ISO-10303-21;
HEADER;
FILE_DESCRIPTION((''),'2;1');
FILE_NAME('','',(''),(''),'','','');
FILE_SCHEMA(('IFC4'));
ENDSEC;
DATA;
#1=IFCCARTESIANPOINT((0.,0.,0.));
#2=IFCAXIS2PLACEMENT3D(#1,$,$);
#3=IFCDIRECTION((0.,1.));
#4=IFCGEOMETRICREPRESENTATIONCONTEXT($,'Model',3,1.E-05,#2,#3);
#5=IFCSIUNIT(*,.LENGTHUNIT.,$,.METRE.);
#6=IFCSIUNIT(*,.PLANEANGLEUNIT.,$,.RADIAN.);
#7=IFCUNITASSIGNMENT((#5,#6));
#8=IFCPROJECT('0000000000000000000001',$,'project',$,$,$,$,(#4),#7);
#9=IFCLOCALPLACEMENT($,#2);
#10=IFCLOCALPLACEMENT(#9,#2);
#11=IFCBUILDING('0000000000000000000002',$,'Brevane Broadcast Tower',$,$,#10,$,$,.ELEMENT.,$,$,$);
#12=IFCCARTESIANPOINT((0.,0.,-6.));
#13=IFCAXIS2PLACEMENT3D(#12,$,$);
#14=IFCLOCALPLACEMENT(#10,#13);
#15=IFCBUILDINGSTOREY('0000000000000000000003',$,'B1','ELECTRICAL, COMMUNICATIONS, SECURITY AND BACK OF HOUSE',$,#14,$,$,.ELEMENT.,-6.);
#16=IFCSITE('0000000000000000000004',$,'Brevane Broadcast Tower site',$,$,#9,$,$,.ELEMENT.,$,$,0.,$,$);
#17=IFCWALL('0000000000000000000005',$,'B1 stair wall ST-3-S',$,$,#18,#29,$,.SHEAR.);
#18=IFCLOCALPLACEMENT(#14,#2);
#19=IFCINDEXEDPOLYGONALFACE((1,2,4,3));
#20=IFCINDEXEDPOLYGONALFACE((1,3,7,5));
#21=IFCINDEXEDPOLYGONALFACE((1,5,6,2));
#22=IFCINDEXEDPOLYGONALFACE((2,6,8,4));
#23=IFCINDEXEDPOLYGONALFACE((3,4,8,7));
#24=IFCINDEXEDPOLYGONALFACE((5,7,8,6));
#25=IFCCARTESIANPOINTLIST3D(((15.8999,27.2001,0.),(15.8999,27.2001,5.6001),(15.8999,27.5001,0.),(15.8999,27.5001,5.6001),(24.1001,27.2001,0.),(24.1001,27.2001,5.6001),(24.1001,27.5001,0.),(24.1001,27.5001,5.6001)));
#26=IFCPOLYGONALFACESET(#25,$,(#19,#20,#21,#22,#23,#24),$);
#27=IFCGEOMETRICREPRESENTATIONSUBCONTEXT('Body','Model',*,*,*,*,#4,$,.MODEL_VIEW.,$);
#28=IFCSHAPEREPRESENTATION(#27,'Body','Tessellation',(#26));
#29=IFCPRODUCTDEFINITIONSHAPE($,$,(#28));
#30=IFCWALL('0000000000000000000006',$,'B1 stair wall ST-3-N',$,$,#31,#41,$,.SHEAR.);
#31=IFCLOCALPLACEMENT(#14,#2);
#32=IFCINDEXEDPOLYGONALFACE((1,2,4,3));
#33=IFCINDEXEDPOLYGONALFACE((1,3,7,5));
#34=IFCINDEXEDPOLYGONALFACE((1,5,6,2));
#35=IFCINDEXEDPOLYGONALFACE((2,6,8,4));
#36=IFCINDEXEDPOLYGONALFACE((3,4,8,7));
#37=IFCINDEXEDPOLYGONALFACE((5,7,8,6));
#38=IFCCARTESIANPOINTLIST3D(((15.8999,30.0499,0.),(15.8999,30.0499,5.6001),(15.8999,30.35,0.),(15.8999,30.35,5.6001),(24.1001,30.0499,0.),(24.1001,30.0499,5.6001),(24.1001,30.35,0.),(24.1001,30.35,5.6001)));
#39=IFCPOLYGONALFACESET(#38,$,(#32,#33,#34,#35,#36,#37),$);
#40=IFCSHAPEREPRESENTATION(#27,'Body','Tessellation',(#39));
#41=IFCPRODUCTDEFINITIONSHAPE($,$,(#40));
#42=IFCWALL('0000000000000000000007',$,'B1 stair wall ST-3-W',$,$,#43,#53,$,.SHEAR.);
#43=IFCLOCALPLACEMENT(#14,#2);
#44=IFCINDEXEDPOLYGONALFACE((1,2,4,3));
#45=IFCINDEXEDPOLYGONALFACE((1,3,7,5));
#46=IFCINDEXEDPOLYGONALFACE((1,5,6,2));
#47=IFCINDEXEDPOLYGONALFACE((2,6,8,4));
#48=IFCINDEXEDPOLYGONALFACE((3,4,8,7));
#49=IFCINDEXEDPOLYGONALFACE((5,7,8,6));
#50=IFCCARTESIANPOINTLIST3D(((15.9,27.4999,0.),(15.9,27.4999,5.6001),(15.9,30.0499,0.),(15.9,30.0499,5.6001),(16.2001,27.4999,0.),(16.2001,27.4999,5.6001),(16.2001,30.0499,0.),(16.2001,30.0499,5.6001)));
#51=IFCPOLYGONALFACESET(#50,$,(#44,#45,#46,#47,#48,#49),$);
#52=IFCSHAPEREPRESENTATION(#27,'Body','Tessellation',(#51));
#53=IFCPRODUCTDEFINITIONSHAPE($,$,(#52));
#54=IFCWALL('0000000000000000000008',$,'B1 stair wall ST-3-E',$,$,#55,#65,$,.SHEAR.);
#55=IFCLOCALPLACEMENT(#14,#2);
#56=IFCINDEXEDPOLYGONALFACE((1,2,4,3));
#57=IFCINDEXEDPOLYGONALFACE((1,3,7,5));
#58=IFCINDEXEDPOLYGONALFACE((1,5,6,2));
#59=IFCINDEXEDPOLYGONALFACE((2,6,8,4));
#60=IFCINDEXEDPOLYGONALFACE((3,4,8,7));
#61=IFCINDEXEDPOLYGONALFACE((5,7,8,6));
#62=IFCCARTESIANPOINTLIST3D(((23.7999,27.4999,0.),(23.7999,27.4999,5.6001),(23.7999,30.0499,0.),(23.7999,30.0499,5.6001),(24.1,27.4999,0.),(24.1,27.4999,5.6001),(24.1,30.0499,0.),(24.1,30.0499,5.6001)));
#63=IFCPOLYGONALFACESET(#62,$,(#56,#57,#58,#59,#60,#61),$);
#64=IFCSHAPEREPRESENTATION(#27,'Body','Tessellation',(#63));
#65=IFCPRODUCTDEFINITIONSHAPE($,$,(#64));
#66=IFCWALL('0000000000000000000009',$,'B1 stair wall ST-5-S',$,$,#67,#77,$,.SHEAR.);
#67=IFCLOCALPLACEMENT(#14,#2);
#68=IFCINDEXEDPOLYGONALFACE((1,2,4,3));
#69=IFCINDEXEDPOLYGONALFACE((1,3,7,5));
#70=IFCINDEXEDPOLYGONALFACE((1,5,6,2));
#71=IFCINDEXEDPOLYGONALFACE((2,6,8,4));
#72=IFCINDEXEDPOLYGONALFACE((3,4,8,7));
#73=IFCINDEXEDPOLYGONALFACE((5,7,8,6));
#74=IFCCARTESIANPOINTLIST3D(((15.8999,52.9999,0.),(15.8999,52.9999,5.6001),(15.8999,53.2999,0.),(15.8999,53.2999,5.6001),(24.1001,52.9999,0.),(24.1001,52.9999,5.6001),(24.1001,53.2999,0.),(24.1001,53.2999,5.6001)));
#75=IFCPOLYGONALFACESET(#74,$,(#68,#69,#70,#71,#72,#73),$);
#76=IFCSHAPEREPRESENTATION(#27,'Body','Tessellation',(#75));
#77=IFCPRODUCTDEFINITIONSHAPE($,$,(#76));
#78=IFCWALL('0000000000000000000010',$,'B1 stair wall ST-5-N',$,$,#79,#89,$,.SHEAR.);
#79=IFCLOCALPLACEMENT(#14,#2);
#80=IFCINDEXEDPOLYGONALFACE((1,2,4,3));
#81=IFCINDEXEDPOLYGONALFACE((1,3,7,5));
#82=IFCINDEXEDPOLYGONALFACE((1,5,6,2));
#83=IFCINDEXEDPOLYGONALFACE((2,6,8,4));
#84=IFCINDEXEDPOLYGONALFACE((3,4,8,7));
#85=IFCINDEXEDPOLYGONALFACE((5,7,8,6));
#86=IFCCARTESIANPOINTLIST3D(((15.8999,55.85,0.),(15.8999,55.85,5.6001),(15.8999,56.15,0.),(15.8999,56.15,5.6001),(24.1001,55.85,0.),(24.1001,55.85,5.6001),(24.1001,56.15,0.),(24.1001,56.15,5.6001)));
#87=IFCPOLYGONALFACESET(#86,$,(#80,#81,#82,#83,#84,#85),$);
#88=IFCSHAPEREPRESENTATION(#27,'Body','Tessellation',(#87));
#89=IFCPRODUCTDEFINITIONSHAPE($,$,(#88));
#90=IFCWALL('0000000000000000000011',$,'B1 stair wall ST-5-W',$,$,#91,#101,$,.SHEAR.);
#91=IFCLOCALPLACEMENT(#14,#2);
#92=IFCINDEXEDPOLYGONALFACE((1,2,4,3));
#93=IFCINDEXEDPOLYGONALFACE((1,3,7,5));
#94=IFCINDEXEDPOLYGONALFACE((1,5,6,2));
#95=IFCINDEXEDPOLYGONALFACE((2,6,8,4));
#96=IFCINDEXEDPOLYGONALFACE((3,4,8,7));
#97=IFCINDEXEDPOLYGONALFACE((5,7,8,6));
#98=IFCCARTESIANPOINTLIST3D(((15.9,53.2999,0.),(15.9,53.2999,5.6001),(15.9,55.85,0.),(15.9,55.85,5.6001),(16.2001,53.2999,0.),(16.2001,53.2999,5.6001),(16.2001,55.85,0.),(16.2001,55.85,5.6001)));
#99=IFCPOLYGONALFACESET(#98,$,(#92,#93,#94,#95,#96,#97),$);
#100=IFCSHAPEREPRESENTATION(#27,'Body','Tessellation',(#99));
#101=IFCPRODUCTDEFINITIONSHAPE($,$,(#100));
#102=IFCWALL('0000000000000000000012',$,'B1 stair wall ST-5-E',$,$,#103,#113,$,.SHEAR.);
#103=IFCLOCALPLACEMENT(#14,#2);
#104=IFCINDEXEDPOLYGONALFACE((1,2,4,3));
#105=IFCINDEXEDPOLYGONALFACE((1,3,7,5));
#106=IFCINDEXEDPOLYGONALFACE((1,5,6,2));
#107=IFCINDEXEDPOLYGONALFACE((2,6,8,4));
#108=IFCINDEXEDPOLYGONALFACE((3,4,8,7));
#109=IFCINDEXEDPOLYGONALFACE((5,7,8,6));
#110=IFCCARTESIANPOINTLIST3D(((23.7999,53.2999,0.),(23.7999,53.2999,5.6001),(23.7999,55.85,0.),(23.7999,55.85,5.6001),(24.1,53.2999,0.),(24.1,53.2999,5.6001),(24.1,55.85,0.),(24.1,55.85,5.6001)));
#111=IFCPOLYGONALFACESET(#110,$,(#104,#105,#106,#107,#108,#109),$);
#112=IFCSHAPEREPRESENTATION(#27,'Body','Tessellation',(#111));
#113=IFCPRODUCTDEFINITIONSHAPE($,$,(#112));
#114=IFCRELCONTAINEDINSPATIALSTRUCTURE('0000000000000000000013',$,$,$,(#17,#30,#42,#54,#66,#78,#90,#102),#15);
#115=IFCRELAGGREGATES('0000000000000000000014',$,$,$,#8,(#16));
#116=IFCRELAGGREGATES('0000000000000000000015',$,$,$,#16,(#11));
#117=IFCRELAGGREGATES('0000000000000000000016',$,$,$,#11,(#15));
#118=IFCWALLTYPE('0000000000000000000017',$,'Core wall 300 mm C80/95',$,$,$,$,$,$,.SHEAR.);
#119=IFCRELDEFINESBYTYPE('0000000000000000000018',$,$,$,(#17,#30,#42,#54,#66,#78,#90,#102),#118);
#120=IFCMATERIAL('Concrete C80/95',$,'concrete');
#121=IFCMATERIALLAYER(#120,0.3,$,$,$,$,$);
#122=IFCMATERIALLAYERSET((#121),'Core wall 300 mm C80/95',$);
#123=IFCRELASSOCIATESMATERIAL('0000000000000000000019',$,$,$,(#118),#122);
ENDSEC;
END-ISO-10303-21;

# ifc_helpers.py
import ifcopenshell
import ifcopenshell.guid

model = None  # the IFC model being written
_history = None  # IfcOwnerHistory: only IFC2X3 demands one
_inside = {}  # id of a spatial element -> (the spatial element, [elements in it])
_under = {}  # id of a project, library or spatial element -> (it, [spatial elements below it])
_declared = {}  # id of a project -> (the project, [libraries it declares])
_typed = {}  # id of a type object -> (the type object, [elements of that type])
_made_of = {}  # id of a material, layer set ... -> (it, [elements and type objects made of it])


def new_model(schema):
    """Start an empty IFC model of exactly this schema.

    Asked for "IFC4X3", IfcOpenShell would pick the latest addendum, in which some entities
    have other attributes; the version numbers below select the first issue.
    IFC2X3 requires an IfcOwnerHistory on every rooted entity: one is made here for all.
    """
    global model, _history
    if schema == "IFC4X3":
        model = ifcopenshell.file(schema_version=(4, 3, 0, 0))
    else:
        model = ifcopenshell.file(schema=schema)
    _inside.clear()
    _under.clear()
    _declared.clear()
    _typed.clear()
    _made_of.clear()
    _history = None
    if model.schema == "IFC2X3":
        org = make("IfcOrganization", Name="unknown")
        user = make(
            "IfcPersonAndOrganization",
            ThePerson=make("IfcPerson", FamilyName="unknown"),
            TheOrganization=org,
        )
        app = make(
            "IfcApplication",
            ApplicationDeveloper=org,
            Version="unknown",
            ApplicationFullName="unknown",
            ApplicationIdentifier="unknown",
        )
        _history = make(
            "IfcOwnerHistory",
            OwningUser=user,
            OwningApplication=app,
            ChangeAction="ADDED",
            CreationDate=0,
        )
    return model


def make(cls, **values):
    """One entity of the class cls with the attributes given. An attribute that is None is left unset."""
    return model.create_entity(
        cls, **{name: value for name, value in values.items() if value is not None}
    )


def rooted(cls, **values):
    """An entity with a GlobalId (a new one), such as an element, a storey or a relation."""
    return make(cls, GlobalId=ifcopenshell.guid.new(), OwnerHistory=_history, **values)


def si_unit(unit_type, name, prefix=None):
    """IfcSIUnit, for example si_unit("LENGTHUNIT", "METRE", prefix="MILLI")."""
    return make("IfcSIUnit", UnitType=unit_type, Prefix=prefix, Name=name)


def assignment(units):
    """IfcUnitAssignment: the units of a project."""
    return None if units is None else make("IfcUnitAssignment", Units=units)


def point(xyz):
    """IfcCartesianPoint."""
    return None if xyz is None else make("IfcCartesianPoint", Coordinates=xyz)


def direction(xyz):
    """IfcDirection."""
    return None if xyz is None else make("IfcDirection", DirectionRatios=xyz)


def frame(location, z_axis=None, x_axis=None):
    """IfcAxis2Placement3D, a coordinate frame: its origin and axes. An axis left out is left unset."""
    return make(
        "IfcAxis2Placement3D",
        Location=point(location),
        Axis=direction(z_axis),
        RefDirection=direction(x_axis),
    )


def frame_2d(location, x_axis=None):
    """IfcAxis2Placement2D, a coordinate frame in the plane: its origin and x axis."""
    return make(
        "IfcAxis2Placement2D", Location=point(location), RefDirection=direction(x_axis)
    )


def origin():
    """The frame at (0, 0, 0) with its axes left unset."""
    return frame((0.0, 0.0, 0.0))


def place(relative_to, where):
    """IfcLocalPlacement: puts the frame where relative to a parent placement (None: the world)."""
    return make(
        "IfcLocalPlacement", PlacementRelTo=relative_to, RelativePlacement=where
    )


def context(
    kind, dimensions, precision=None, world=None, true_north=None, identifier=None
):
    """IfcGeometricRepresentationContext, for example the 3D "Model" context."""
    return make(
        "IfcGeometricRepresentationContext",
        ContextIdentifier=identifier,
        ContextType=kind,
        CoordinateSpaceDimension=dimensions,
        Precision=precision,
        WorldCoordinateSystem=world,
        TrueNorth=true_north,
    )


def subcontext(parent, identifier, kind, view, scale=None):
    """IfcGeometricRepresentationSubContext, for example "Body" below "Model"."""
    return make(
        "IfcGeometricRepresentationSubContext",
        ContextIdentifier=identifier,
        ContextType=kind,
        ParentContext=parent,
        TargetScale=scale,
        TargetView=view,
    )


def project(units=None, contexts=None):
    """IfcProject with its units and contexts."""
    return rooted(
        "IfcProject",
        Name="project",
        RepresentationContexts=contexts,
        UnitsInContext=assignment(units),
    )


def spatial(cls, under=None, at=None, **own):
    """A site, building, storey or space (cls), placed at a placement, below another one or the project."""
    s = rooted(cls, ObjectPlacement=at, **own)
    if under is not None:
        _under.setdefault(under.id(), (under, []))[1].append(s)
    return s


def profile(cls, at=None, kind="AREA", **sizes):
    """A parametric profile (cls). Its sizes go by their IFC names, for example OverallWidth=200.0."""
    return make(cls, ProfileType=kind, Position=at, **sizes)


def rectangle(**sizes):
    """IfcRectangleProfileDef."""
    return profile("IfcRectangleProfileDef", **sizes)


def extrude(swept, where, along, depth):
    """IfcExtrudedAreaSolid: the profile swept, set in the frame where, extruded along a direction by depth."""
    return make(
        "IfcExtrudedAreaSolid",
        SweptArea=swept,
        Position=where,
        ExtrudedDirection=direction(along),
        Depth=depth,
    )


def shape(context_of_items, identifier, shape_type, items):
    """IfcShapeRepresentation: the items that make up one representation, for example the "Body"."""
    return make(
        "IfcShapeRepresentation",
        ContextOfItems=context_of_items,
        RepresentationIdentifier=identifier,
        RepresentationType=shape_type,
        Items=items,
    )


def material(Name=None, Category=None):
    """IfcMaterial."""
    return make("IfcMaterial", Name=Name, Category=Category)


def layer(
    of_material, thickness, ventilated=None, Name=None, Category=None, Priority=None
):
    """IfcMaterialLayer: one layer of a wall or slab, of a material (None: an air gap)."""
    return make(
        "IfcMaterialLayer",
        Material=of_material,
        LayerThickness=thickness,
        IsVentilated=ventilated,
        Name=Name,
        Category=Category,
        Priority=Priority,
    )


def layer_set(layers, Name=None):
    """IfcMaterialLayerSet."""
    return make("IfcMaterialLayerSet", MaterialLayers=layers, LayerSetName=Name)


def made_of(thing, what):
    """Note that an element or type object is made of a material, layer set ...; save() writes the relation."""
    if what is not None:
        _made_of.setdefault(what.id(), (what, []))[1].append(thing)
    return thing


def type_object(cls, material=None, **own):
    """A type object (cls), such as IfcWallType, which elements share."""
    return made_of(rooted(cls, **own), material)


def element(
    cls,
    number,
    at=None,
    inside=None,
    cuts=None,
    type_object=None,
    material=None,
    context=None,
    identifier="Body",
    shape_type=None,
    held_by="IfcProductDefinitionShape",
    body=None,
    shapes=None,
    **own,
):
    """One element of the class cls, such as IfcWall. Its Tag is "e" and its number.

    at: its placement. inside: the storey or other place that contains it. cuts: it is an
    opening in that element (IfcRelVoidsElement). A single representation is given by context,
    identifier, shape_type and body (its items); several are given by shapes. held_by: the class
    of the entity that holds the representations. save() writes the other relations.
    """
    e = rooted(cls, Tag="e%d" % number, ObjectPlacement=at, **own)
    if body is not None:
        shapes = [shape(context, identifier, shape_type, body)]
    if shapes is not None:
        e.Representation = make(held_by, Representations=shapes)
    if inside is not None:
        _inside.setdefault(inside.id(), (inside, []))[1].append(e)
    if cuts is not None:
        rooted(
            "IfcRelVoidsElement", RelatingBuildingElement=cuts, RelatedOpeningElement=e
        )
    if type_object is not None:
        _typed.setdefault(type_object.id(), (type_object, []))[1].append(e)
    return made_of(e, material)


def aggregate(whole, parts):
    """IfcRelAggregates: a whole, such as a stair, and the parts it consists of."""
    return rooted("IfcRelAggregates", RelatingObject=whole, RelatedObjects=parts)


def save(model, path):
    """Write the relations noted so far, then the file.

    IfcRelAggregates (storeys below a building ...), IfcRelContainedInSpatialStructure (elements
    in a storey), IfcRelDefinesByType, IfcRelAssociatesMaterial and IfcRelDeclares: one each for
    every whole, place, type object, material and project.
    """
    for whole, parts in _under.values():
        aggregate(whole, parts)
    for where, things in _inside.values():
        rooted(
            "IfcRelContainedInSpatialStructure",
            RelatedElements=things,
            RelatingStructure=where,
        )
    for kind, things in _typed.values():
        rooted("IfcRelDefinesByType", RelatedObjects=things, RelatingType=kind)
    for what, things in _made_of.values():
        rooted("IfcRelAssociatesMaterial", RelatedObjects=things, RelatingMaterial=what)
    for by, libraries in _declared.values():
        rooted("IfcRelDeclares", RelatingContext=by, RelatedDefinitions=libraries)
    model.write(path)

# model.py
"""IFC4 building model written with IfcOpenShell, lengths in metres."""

from ifc_helpers import new_model, si_unit, direction, frame, frame_2d, origin, place, context, subcontext, project, spatial, rectangle, extrude, material, layer, layer_set, type_object, element, save


model = new_model("IFC4")

# Units and contexts
model_context = context("Model", 3, precision=1e-05, world=origin(), true_north=direction((0.0, 1.0)))
body_context = subcontext(model_context, "Body", "Model", "MODEL_VIEW")
ifc_project = project(units=[si_unit("LENGTHUNIT", "METRE"), si_unit("PLANEANGLEUNIT", "RADIAN")], contexts=[model_context])

# Site, building, storey
site_placement = place(None, origin())
site = spatial("IfcSite", under=ifc_project, at=site_placement, Name="Brevane Broadcast Tower site", CompositionType="ELEMENT", RefElevation=0.0)
building_placement = place(site_placement, origin())
building = spatial("IfcBuilding", under=site, at=building_placement, Name="Brevane Broadcast Tower", CompositionType="ELEMENT")
storey_placement = place(building_placement, frame((0.0, 0.0, -6.0)))
storey = spatial("IfcBuildingStorey", under=building, at=storey_placement, Name="B1", Description="ELECTRICAL, COMMUNICATIONS, SECURITY AND BACK OF HOUSE", CompositionType="ELEMENT", Elevation=-6.0)

# Shared definitions
ifc_material_1 = material(Name="Concrete C80/95", Category="concrete")

# Walls
ifc_layer_1 = layer(ifc_material_1, 0.3)
ifc_layer_set_1 = layer_set([ifc_layer_1], Name="Core wall 300 mm C80/95")
wall_type_1 = type_object("IfcWallType", Name="Core wall 300 mm C80/95", PredefinedType="SHEAR", material=ifc_layer_set_1)
for number, where, z_axis, x_axis, name in (
    (1, (15.8999, 27.3501, 0.0), (0.0, 0.0, 1.0), (1.0, 0.0, 0.0), "B1 stair wall ST-3-S"),
    (2, (15.8999, 30.2, 0.0), (0.0, 0.0, 1.0), (1.0, 0.0, 0.0), "B1 stair wall ST-3-N"),
):
    element("IfcWall", number, at=place(storey_placement, frame(where, z_axis=z_axis, x_axis=x_axis)), inside=storey, type_object=wall_type_1, Name=name, PredefinedType="SHEAR", context=body_context, shape_type="SweptSolid", body=[
        extrude(rectangle(XDim=8.2002, YDim=0.3, at=frame_2d((4.1001, 0.0))), origin(), (0.0, 0.0, 1.0), 5.6001),
    ])
for number, where, z_axis, x_axis, name in (
    (3, (16.05, 27.5, 0.0), (0.0, 0.0, 1.0), (0.0, 1.0, 0.0), "B1 stair wall ST-3-W"),
    (4, (23.95, 27.5, 0.0), (0.0, 0.0, 1.0), (0.0, 1.0, 0.0), "B1 stair wall ST-3-E"),
):
    element("IfcWall", number, at=place(storey_placement, frame(where, z_axis=z_axis, x_axis=x_axis)), inside=storey, type_object=wall_type_1, Name=name, PredefinedType="SHEAR", context=body_context, shape_type="SweptSolid", body=[
        extrude(rectangle(XDim=2.55, YDim=0.3, at=frame_2d((1.2749, 0.0))), origin(), (0.0, 0.0, 1.0), 5.6001),
    ])
for number, where, z_axis, x_axis, name in (
    (5, (15.8999, 53.1499, 0.0), (0.0, 0.0, 1.0), (1.0, 0.0, 0.0), "B1 stair wall ST-5-S"),
    (6, (15.8999, 56.0, 0.0), (0.0, 0.0, 1.0), (1.0, 0.0, 0.0), "B1 stair wall ST-5-N"),
):
    element("IfcWall", number, at=place(storey_placement, frame(where, z_axis=z_axis, x_axis=x_axis)), inside=storey, type_object=wall_type_1, Name=name, PredefinedType="SHEAR", context=body_context, shape_type="SweptSolid", body=[
        extrude(rectangle(XDim=8.2002, YDim=0.3, at=frame_2d((4.1001, 0.0))), origin(), (0.0, 0.0, 1.0), 5.6001),
    ])
for number, where, z_axis, x_axis, name in (
    (7, (16.05, 53.3, 0.0), (0.0, 0.0, 1.0), (0.0, 1.0, 0.0), "B1 stair wall ST-5-W"),
    (8, (23.95, 53.3, 0.0), (0.0, 0.0, 1.0), (0.0, 1.0, 0.0), "B1 stair wall ST-5-E"),
):
    element("IfcWall", number, at=place(storey_placement, frame(where, z_axis=z_axis, x_axis=x_axis)), inside=storey, type_object=wall_type_1, Name=name, PredefinedType="SHEAR", context=body_context, shape_type="SweptSolid", body=[
        extrude(rectangle(XDim=2.55, YDim=0.3, at=frame_2d((1.2749, 0.0))), origin(), (0.0, 0.0, 1.0), 5.6001),
    ])

save(model, "model.ifc")
